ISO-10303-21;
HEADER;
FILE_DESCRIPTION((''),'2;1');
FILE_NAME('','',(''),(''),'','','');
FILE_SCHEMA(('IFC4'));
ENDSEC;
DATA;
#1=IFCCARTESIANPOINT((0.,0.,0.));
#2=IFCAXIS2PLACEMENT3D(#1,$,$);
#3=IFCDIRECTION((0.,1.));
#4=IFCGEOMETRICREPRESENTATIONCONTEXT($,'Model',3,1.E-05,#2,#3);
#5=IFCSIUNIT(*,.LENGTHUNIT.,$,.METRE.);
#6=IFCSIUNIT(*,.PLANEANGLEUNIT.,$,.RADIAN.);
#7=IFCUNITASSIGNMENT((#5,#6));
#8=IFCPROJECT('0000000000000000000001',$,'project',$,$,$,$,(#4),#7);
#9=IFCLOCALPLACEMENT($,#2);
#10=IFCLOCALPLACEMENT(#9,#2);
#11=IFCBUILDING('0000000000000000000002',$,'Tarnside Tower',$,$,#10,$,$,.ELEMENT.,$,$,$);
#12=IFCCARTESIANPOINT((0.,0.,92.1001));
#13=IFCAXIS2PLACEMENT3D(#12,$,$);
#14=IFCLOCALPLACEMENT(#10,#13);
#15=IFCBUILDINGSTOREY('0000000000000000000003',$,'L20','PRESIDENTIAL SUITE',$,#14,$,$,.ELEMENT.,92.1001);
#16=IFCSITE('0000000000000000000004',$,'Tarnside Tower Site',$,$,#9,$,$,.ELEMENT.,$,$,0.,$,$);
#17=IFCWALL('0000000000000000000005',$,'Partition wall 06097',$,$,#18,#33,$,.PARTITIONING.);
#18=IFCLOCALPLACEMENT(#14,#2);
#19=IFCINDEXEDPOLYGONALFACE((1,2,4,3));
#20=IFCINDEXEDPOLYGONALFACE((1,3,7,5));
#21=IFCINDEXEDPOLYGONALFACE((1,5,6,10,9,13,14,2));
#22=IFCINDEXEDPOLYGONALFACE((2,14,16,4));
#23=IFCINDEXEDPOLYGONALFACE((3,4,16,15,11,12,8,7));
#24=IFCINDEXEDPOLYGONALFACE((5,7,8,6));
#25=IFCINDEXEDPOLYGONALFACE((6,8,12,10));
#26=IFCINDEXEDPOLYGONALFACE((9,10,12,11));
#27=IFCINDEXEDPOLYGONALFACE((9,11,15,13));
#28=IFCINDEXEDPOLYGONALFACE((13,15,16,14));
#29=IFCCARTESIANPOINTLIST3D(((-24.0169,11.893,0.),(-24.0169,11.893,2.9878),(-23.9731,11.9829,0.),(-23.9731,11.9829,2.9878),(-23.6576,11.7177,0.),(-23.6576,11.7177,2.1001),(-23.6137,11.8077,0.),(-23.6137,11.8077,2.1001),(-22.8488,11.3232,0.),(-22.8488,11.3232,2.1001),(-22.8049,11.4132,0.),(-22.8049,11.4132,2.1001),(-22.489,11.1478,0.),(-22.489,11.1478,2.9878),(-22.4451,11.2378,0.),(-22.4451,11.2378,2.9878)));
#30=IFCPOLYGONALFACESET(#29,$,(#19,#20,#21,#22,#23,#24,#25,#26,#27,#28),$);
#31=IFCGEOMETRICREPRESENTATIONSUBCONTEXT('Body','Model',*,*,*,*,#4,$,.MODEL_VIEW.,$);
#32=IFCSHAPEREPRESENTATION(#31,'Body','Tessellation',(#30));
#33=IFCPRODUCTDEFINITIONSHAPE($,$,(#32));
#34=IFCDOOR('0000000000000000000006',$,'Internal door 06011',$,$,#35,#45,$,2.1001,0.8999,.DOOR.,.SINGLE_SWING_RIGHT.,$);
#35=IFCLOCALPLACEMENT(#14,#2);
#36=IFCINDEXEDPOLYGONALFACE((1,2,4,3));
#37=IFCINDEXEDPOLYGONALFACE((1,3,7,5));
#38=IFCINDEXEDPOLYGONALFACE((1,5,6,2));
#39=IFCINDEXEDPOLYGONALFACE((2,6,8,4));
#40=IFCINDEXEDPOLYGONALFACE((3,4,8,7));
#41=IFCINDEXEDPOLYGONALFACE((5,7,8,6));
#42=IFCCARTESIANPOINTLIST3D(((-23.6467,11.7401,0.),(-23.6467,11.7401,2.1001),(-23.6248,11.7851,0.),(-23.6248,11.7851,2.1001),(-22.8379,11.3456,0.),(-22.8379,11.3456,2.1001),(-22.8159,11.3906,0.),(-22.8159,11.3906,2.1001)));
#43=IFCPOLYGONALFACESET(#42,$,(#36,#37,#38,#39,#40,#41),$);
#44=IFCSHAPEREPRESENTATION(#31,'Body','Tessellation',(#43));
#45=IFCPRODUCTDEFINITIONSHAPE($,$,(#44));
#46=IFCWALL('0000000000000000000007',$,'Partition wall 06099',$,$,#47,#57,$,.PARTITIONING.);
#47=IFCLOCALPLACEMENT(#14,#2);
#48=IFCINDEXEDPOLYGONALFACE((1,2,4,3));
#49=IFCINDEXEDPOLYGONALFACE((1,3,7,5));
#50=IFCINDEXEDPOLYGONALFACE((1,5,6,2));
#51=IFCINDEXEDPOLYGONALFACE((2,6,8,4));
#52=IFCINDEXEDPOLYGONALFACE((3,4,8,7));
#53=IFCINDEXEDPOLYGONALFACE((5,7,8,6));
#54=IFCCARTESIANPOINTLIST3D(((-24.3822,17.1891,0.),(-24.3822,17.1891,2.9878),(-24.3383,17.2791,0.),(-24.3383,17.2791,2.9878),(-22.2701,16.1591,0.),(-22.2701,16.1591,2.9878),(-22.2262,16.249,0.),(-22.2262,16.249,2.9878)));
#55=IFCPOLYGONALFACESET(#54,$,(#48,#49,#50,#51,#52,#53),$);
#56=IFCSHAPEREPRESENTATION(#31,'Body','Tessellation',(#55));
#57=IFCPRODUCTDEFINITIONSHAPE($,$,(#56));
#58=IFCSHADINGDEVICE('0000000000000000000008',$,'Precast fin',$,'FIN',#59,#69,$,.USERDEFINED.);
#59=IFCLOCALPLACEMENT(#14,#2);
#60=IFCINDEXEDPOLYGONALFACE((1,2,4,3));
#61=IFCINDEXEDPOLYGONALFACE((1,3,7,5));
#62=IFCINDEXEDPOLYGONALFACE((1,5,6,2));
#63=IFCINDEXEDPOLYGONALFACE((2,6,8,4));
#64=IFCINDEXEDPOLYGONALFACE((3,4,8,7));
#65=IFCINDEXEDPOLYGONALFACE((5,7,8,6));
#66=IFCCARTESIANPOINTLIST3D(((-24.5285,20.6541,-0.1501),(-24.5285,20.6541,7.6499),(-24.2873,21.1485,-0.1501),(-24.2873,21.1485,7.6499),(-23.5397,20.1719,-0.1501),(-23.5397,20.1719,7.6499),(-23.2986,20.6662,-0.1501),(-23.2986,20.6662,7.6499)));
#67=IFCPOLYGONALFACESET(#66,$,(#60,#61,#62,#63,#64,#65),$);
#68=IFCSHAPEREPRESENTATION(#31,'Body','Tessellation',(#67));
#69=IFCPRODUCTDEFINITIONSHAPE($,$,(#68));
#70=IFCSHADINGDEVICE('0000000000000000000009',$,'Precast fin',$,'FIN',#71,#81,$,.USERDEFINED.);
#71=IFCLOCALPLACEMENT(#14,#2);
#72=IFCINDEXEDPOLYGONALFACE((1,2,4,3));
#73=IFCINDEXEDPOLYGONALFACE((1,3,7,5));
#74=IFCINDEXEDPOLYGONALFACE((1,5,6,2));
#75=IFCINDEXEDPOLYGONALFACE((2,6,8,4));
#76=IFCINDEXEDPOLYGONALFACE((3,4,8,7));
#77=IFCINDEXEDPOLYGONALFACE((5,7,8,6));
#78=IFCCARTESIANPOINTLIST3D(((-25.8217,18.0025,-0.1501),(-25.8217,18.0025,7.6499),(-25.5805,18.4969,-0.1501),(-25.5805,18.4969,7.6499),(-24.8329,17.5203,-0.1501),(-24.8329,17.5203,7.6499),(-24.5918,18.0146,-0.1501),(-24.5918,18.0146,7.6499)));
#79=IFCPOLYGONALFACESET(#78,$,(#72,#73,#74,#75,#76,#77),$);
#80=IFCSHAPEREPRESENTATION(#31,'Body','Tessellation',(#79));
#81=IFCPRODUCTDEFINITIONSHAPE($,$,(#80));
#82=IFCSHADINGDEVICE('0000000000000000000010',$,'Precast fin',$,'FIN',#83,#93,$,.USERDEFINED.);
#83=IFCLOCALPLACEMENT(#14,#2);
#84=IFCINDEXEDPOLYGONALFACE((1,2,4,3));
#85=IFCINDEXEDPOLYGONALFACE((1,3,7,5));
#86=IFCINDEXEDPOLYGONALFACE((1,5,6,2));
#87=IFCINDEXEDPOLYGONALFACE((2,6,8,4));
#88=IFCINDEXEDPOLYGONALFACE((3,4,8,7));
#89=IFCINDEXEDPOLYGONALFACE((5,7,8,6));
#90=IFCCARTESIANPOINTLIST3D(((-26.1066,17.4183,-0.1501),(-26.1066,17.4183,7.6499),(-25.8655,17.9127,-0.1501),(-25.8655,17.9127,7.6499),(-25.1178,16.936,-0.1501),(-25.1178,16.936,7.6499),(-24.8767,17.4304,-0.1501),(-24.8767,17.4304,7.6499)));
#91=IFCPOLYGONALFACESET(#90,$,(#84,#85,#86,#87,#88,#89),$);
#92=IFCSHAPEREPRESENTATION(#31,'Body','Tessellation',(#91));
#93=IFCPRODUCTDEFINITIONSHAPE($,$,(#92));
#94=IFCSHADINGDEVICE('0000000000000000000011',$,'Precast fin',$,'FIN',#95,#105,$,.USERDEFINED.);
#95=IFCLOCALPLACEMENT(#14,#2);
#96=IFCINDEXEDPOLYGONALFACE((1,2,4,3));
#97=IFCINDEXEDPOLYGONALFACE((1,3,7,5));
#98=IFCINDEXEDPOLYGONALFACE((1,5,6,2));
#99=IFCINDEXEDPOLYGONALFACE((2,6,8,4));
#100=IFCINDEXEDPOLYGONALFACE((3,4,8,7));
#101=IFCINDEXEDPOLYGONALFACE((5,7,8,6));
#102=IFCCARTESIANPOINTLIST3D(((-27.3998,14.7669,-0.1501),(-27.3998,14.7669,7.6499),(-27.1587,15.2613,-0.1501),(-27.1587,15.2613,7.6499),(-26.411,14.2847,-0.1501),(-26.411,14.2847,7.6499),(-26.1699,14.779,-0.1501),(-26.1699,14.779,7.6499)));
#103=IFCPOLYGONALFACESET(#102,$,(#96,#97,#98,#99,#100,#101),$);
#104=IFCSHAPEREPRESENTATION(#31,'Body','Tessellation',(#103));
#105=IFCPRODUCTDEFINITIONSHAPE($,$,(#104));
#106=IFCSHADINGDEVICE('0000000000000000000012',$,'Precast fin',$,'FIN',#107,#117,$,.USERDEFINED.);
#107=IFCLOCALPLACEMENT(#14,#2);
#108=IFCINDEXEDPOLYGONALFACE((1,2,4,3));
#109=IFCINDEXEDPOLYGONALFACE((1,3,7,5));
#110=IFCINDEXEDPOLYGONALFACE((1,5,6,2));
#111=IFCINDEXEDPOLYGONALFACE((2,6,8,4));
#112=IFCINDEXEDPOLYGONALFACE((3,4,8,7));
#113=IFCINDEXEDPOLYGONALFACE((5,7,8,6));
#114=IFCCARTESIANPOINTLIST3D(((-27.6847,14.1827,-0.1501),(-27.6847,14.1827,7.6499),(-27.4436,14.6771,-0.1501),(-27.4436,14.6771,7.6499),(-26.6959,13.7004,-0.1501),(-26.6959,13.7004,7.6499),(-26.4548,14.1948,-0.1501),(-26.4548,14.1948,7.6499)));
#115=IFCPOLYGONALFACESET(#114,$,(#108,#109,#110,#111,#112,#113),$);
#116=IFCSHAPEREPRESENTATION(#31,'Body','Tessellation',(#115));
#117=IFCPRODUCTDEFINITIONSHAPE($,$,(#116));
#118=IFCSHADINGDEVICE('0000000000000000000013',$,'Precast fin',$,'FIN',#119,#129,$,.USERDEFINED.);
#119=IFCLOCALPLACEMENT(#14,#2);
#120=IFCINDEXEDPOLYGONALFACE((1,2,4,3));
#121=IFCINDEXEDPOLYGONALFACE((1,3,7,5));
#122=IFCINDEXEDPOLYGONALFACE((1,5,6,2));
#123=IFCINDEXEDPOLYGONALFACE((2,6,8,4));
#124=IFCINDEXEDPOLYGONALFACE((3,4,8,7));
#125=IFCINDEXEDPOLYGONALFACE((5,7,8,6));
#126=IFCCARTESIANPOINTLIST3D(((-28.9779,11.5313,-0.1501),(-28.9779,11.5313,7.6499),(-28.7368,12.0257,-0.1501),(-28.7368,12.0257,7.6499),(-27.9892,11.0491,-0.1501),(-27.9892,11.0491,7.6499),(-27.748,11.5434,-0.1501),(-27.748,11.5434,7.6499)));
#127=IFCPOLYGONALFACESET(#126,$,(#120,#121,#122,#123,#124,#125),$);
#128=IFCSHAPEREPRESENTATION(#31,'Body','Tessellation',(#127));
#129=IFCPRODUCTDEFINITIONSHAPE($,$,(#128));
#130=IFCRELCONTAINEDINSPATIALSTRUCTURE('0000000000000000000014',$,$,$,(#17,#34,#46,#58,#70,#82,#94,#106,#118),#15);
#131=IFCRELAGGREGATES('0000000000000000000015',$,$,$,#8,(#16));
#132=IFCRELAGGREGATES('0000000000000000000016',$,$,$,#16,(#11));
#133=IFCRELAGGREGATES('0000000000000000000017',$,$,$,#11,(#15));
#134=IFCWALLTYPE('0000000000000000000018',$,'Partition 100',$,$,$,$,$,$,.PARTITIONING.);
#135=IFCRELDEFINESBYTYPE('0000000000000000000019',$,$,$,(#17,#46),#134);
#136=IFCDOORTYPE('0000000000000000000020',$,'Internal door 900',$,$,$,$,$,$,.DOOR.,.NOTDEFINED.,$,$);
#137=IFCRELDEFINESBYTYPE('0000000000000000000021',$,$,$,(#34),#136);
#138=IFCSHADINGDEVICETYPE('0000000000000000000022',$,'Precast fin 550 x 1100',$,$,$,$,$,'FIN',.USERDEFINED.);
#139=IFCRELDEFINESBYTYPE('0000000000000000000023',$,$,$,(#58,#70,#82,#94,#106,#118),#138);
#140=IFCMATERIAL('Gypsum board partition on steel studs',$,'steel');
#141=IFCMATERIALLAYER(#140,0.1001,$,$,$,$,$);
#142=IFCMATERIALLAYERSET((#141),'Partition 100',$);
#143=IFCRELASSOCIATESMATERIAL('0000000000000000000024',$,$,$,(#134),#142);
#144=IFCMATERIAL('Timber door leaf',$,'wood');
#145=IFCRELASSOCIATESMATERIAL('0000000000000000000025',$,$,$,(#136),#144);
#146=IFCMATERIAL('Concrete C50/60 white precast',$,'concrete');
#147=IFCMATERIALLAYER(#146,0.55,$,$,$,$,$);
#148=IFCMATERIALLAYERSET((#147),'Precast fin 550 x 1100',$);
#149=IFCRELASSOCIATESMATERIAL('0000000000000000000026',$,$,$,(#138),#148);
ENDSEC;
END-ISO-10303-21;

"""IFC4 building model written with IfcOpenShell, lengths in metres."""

from ifc_helpers import new_model, si_unit, direction, frame, frame_2d, origin, place, context, subcontext, project, spatial, polyline, rectangle, outline, extrude, material, layer, layer_set, type_object, element, fill, save


model = new_model("IFC4")

# Units and contexts
model_context = context("Model", 3, precision=1e-05, world=origin(), true_north=direction((0.0, 1.0)))
body_context = subcontext(model_context, "Body", "Model", "MODEL_VIEW")
ifc_project = project(units=[si_unit("LENGTHUNIT", "METRE"), si_unit("PLANEANGLEUNIT", "RADIAN")], contexts=[model_context])

# Site, building, storey
site_placement = place(None, origin())
site = spatial("IfcSite", under=ifc_project, at=site_placement, Name="Tarnside Tower Site", CompositionType="ELEMENT", RefElevation=0.0)
building_placement = place(site_placement, origin())
building = spatial("IfcBuilding", under=site, at=building_placement, Name="Tarnside Tower", CompositionType="ELEMENT")
storey_placement = place(building_placement, frame((0.0, 0.0, 92.1001)))
storey = spatial("IfcBuildingStorey", under=building, at=storey_placement, Name="L20", Description="PRESIDENTIAL SUITE", CompositionType="ELEMENT", Elevation=92.1001)

# Wall, opening, door
ifc_material_1 = material(Name="Gypsum board partition on steel studs", Category="steel")
ifc_material_2 = material(Name="Timber door leaf", Category="wood")
ifc_layer_1 = layer(ifc_material_1, 0.1001)
ifc_layer_set_1 = layer_set([ifc_layer_1], Name="Partition 100")
wall_type_1 = type_object("IfcWallType", Name="Partition 100", PredefinedType="PARTITIONING", material=ifc_layer_set_1)
wall_1_placement = place(storey_placement, frame((-23.9951, 11.938, 0.0), z_axis=(0.0, 0.0, 1.0), x_axis=(0.898807, -0.438344, 0.0)))
wall_1 = element("IfcWall", 1, at=wall_1_placement, inside=storey, type_object=wall_type_1, Name="Partition wall 06097", PredefinedType="PARTITIONING", context=body_context, shape_type="SweptSolid", body=[
    extrude(rectangle(XDim=1.7, YDim=0.1001, at=frame_2d((0.8501, 0.0))), origin(), (0.0, 0.0, 1.0), 2.9878),
])
opening_1_placement = place(wall_1_placement, frame((0.3999, 0.0, 0.0)))
opening_1 = element("IfcOpeningElement", 2, at=opening_1_placement, cuts=wall_1, PredefinedType="OPENING", context=body_context, shape_type="SweptSolid", body=[
    extrude(rectangle(XDim=0.8999, YDim=2.1001, at=frame_2d((0.45, 1.05))), frame((0.0, 0.0601, 0.0), z_axis=(0.0, -1.0, 0.0), x_axis=(1.0, 0.0, 0.0)), (0.0, 0.0, 1.0), 0.1201),
])
door_type_1 = type_object("IfcDoorType", Name="Internal door 900", OperationType="NOTDEFINED", PredefinedType="DOOR", material=ifc_material_2)
door_1_placement = place(opening_1_placement, origin())
door_1 = element("IfcDoor", 3, at=door_1_placement, inside=storey, type_object=door_type_1, Name="Internal door 06011", OperationType="SINGLE_SWING_RIGHT", OverallHeight=2.1001, OverallWidth=0.8999, PredefinedType="DOOR", context=body_context, shape_type="SweptSolid", body=[
    extrude(rectangle(XDim=0.8999, YDim=2.1001, at=frame_2d((0.45, 1.05))), frame((0.0, 0.0249, 0.0), z_axis=(0.0, -1.0, 0.0), x_axis=(1.0, 0.0, 0.0)), (0.0, 0.0, 1.0), 0.05),
])
fill(opening_1, door_1)

# Wall
wall_2_placement = place(storey_placement, frame((-22.2483, 16.2041, 0.0), z_axis=(0.0, 0.0, 1.0), x_axis=(-0.898809, 0.43834, 0.0)))
element("IfcWall", 4, at=wall_2_placement, inside=storey, type_object=wall_type_1, Name="Partition wall 06099", PredefinedType="PARTITIONING", context=body_context, shape_type="SweptSolid", body=[
    extrude(rectangle(XDim=2.3499, YDim=0.1001, at=frame_2d((1.1748, 0.0))), origin(), (0.0, 0.0, 1.0), 2.9878),
])

# Shading devices
ifc_material_3 = material(Name="Concrete C50/60 white precast", Category="concrete")
ifc_layer_2 = layer(ifc_material_3, 0.55)
ifc_layer_set_2 = layer_set([ifc_layer_2], Name="Precast fin 550 x 1100")
shading_device_type = type_object("IfcShadingDeviceType", Name="Precast fin 550 x 1100", ElementType="FIN", PredefinedType="USERDEFINED", material=ifc_layer_set_2)
for number, where, z_axis, x_axis, name in (
    (5, (-23.4192, 20.4189, -0.1501), (0.438371, 0.898794, 0.0), (-0.898794, 0.438371, 0.0), "Precast fin"),
    (6, (-24.7124, 17.7673, -0.1501), (0.438371, 0.898794, 0.0), (-0.898794, 0.438371, 0.0), "Precast fin"),
    (7, (-24.9973, 17.1831, -0.1501), (0.438371, 0.898794, 0.0), (-0.898794, 0.438371, 0.0), "Precast fin"),
    (8, (-26.2905, 14.5317, -0.1501), (0.438371, 0.898794, 0.0), (-0.898794, 0.438371, 0.0), "Precast fin"),
    (9, (-26.5754, 13.9475, -0.1501), (0.438371, 0.898794, 0.0), (-0.898794, 0.438371, 0.0), "Precast fin"),
    (10, (-27.8687, 11.2961, -0.1501), (0.438371, 0.898794, 0.0), (-0.898794, 0.438371, 0.0), "Precast fin"),
):
    element("IfcShadingDevice", number, at=place(storey_placement, frame(where, z_axis=z_axis, x_axis=x_axis)), inside=storey, type_object=shading_device_type, Name=name, ObjectType="FIN", PredefinedType="USERDEFINED", context=body_context, shape_type="SweptSolid", body=[
        extrude(outline(polyline([(0.0, 0.0), (1.1001, 0.0), (1.1001, 7.8), (0.0, 7.8), (0.0, 0.0)])), frame((0.0, 0.0, -0.2749)), (0.0, 0.0, 1.0), 0.55),
    ])

save(model, "model.ifc")
